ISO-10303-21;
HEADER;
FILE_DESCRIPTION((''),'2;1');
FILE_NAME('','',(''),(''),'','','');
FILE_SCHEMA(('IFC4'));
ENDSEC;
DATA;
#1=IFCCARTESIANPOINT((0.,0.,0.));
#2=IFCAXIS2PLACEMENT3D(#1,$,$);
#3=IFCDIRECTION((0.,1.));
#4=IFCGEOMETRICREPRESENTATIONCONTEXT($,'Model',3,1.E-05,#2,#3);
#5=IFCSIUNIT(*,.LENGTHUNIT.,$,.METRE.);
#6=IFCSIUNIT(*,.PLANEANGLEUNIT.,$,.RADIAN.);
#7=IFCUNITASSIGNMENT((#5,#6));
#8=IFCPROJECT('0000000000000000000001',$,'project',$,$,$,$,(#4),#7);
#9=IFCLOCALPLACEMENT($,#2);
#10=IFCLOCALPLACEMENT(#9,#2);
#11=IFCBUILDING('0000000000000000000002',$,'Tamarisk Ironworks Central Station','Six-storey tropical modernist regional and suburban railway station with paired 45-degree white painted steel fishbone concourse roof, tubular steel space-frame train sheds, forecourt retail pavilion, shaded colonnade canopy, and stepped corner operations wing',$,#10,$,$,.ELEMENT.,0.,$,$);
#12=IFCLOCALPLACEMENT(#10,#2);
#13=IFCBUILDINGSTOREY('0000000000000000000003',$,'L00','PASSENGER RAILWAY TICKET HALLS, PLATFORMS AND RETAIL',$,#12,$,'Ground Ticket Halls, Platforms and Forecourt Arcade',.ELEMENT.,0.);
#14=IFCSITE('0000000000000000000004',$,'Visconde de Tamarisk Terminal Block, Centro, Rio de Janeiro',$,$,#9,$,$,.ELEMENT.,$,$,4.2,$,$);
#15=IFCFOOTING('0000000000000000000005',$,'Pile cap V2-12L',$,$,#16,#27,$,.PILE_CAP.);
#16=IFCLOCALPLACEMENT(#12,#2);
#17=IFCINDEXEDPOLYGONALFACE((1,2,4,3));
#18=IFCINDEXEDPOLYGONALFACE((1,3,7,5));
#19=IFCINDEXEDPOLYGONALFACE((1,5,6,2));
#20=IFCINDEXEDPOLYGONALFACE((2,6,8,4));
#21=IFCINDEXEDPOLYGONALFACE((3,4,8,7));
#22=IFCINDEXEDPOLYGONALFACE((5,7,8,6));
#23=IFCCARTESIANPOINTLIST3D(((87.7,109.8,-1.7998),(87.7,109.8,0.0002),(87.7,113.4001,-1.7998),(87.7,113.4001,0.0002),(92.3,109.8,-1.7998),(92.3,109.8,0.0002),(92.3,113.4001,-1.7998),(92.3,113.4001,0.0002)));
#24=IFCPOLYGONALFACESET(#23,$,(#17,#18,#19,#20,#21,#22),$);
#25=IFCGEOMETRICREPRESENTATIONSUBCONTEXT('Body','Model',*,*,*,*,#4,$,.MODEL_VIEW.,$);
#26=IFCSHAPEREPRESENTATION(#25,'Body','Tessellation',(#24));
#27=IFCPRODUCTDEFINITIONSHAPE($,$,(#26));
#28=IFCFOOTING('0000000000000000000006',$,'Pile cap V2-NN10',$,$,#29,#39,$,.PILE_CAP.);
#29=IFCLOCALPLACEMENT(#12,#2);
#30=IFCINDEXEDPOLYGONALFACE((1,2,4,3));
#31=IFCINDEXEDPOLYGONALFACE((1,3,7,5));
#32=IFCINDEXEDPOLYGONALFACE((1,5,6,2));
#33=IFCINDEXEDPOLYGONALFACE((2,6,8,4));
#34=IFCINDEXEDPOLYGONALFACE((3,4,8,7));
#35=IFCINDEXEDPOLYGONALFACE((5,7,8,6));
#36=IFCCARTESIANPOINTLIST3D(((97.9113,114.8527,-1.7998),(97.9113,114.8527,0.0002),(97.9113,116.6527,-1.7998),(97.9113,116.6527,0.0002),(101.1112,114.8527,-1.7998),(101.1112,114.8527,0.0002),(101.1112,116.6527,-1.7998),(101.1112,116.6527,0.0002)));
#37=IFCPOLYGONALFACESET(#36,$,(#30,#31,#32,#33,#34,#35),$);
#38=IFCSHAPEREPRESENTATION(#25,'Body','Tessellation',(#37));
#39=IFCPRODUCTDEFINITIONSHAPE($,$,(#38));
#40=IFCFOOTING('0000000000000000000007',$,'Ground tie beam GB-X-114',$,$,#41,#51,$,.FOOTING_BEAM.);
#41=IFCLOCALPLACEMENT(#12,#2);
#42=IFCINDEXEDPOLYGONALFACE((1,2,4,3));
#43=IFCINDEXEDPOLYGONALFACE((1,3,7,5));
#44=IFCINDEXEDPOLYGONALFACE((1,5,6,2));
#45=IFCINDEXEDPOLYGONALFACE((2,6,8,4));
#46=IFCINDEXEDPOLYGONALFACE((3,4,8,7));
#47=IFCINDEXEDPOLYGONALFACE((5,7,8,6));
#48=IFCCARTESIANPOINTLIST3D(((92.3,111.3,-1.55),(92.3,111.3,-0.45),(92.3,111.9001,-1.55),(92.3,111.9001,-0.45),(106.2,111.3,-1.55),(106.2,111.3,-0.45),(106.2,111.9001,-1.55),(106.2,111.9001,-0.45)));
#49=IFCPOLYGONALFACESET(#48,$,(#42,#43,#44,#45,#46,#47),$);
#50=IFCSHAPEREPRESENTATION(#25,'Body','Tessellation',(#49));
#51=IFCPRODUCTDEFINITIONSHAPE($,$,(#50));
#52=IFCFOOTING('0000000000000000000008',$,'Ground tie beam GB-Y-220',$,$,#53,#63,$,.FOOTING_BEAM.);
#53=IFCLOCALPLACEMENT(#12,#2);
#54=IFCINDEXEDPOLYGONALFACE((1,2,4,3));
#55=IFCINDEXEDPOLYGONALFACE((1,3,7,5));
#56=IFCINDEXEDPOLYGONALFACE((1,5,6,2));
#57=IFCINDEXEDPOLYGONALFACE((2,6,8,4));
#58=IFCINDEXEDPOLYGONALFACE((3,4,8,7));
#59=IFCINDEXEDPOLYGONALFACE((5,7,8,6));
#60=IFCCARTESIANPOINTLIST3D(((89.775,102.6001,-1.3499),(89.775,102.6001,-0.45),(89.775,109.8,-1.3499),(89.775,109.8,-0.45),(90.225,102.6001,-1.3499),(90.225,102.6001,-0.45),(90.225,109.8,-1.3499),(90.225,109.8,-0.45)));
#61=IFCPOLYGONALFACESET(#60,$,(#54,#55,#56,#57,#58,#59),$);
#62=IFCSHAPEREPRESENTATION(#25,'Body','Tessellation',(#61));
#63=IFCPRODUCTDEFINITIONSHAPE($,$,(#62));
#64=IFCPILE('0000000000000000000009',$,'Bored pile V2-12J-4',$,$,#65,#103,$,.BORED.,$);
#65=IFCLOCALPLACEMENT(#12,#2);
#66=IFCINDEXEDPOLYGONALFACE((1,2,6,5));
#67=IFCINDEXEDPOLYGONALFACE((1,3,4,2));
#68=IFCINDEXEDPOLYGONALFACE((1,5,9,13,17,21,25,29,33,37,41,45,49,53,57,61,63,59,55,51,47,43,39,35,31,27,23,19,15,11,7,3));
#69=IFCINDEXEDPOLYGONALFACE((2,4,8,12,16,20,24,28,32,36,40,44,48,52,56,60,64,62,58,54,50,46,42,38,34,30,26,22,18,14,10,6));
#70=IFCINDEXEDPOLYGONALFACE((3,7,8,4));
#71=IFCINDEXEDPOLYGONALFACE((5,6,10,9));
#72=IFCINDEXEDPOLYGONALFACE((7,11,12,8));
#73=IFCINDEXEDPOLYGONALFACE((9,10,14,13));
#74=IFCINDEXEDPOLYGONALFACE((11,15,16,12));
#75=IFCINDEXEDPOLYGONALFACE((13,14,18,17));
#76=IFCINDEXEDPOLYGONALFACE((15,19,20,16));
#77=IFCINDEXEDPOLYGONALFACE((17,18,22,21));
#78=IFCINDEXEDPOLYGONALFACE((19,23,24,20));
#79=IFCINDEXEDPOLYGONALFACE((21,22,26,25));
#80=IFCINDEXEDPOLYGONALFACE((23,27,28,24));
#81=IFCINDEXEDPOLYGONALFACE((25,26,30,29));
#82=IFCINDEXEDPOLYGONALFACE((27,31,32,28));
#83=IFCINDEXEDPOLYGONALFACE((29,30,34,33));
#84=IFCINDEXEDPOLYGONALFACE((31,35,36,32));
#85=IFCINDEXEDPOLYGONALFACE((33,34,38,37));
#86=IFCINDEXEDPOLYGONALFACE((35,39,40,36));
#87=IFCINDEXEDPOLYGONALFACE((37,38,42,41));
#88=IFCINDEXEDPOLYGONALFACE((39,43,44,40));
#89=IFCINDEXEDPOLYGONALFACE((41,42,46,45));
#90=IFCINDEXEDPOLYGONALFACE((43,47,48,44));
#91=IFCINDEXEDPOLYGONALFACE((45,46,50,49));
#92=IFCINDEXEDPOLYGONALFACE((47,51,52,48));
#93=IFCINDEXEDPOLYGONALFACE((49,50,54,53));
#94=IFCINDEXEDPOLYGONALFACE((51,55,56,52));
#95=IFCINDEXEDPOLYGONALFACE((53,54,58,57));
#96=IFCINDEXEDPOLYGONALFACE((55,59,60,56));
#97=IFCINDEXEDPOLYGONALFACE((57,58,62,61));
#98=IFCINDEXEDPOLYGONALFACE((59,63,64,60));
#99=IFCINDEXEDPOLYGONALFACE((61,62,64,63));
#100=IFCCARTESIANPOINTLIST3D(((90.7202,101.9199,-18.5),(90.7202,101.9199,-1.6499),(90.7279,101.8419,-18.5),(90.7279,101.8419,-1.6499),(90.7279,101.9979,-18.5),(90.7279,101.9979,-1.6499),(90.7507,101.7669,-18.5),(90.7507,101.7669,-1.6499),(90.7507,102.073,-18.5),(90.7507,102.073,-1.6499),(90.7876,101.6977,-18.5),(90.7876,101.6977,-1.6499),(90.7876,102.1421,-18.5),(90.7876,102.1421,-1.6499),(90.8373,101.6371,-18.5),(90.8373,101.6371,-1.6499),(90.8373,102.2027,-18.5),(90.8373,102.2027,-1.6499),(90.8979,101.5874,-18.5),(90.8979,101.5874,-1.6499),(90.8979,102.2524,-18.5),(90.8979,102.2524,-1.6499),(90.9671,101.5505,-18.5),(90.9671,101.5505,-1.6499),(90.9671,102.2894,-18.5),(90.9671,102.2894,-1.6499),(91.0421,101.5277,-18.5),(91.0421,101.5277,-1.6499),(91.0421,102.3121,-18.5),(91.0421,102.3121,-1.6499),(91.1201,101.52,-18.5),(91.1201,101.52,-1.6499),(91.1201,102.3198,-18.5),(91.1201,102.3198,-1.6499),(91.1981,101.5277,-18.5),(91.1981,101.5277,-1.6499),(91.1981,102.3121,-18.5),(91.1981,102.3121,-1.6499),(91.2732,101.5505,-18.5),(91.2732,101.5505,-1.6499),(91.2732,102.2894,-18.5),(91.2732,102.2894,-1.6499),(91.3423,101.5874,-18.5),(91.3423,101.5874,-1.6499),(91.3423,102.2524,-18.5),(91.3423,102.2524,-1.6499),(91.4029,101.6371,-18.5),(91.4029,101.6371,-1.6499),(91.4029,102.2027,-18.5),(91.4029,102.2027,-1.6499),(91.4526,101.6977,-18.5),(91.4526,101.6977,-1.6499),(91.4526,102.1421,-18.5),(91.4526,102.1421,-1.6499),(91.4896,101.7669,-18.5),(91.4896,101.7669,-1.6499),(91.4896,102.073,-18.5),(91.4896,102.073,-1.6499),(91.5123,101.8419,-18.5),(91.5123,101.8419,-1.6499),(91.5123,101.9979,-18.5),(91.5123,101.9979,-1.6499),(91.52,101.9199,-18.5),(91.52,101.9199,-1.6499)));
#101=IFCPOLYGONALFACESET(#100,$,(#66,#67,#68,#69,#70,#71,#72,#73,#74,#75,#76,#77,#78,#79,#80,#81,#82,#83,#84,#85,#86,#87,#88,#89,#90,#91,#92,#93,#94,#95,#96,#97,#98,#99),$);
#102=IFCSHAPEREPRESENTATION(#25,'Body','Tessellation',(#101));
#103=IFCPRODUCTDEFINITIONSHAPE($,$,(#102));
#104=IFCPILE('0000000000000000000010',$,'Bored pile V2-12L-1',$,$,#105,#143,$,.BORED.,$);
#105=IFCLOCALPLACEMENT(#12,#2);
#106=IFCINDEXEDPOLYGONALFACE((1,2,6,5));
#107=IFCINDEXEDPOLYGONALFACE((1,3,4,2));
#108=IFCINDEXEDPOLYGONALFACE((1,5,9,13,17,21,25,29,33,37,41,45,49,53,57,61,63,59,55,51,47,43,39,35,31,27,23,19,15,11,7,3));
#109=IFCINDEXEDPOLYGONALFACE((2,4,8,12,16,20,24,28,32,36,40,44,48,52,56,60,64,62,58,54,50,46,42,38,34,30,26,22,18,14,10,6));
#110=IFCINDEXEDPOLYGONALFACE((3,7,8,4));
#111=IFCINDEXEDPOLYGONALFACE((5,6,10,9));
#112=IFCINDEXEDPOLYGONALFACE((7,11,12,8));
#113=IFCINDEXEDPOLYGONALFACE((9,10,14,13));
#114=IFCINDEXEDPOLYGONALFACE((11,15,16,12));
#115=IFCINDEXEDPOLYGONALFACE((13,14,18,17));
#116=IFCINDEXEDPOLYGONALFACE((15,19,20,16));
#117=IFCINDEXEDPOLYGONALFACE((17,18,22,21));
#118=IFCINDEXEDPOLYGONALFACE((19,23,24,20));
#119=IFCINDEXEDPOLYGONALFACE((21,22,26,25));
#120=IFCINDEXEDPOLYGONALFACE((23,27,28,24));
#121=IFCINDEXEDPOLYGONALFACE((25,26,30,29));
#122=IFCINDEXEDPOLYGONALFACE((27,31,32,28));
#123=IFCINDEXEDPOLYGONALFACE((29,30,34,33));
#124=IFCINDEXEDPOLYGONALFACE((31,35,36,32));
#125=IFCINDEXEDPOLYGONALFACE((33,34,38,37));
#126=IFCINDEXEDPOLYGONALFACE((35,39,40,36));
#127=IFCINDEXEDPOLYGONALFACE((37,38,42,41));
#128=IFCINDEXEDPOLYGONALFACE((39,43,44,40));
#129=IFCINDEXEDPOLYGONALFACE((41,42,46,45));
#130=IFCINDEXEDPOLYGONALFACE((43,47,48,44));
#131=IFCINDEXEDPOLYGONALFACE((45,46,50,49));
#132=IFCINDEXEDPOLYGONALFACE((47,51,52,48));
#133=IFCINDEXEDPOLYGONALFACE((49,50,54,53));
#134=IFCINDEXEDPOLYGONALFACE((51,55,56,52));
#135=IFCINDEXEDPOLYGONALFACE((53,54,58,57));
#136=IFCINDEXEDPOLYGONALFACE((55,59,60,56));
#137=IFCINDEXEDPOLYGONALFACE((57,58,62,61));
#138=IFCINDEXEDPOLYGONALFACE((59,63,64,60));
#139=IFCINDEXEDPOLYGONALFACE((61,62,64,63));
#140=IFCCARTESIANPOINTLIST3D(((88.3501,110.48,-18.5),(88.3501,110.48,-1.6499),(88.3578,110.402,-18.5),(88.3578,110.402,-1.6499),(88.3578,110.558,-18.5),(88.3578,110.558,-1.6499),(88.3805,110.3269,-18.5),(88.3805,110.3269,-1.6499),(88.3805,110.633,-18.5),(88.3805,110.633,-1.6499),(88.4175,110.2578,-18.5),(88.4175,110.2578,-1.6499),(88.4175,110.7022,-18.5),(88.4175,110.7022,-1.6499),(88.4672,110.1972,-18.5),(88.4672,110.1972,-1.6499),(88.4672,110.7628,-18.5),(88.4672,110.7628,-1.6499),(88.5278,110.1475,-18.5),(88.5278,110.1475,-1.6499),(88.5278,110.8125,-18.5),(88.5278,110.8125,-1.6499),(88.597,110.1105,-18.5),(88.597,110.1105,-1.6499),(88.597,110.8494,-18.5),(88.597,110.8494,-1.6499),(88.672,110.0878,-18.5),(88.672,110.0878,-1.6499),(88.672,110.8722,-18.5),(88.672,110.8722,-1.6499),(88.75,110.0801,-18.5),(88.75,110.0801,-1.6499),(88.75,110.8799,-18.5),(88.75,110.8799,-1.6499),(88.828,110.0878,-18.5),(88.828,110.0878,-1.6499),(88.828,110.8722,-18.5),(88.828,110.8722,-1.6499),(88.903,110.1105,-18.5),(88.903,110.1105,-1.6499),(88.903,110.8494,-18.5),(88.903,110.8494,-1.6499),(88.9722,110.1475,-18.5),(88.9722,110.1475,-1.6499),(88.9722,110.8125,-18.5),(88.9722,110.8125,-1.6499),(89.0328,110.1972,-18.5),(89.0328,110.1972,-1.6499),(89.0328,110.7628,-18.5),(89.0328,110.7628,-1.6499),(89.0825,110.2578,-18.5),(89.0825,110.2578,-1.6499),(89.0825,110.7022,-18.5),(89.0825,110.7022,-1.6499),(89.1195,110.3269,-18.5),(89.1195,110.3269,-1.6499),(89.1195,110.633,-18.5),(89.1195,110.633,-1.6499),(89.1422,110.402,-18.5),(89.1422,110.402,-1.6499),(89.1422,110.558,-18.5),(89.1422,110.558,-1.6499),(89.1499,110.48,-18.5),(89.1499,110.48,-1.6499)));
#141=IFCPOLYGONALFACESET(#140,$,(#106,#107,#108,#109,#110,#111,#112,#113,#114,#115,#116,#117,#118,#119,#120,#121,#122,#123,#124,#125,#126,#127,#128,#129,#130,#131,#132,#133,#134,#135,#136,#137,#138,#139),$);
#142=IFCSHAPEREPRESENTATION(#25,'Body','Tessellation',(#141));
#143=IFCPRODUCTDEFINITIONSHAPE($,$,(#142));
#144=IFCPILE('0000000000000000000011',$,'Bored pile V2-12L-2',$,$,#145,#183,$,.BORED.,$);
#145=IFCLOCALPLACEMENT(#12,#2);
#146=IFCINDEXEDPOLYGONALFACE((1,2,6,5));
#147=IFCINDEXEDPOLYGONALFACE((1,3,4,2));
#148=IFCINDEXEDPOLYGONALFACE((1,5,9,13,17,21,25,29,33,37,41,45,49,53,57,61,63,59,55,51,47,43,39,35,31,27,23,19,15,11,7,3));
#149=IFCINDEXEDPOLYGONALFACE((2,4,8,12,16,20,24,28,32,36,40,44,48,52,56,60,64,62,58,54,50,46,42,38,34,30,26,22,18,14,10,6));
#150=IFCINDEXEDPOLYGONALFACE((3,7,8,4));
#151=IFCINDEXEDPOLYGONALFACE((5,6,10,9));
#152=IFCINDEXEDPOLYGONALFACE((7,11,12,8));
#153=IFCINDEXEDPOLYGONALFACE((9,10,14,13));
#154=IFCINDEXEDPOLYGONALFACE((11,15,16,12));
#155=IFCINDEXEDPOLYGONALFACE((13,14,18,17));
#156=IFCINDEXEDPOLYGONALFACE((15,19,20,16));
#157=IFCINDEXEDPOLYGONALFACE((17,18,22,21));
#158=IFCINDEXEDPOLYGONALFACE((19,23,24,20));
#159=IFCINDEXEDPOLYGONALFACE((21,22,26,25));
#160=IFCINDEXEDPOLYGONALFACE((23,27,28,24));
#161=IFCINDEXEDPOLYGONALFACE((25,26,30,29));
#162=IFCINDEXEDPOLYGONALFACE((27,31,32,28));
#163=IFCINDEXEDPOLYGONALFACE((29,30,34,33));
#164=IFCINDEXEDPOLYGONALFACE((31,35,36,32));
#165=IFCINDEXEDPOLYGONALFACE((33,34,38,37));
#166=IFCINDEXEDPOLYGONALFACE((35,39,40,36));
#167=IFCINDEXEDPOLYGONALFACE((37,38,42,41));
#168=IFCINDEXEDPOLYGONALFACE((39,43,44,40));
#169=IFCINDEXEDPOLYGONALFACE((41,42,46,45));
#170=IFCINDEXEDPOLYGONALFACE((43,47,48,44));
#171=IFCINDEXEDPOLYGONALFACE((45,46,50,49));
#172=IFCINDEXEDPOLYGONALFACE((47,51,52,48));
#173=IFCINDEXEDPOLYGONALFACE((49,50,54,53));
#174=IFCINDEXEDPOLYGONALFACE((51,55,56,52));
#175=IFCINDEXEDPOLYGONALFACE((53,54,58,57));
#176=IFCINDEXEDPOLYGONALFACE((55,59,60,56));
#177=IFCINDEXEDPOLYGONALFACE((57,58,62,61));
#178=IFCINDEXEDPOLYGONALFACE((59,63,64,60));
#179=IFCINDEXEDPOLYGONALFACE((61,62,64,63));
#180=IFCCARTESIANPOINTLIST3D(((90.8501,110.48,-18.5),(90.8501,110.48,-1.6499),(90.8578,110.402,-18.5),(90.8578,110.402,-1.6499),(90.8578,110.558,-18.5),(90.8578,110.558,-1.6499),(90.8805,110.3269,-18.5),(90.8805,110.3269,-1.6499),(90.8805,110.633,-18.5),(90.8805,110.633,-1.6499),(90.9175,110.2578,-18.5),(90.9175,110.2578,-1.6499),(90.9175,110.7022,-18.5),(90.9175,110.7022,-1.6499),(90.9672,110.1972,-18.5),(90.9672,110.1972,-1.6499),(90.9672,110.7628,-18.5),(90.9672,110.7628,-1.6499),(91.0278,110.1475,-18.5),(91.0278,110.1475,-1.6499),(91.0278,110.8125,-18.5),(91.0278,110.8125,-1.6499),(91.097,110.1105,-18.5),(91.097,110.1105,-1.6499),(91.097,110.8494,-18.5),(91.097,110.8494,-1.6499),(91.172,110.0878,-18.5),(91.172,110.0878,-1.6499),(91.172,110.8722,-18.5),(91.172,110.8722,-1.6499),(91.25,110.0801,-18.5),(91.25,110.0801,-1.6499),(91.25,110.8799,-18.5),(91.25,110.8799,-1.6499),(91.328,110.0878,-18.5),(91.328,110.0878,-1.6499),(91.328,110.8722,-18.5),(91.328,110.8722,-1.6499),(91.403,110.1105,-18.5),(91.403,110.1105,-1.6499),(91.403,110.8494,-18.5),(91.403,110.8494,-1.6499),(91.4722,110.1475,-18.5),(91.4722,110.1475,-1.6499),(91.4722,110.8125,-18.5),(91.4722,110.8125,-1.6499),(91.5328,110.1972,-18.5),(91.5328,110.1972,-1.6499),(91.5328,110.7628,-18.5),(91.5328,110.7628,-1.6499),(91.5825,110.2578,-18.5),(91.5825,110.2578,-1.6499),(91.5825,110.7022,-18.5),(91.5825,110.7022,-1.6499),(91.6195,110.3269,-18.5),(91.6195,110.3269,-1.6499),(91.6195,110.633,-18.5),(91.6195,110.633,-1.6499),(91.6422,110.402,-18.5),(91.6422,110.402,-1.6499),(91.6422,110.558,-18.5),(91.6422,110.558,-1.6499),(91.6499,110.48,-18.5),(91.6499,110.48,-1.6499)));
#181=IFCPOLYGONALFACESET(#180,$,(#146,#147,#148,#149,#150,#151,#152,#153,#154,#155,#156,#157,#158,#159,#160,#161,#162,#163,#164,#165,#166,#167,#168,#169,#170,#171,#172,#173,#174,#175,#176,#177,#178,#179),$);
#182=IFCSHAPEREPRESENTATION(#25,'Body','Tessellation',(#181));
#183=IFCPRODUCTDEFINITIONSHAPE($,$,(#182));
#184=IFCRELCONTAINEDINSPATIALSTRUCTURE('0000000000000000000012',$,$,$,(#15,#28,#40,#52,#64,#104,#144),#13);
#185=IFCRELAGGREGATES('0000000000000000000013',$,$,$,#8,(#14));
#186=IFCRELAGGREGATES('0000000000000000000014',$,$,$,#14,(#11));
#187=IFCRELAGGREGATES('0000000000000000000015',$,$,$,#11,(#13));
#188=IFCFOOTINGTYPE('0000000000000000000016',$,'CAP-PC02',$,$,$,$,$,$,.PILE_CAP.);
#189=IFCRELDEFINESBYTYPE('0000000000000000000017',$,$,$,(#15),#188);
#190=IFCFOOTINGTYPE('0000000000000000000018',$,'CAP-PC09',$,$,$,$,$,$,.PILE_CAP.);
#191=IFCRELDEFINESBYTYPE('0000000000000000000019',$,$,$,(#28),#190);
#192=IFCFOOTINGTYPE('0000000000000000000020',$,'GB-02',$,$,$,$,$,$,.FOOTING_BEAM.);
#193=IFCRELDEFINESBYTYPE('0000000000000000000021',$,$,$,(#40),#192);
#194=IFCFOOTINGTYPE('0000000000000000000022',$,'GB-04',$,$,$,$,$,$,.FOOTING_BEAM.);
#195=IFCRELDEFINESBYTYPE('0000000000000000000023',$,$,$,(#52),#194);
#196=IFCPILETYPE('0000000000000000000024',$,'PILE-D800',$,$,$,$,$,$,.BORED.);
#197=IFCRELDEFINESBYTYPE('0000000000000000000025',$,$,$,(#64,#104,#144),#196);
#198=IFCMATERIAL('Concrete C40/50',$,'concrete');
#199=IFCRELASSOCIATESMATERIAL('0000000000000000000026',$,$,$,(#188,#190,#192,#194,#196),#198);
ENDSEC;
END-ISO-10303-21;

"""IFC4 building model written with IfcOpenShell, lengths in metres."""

from ifc_helpers import new_model, si_unit, direction, frame, origin, origin_2d, place, context, subcontext, project, spatial, rectangle, circle, extrude, material, material_profile, profile_set, type_object, element, save


model = new_model("IFC4")

# Units and contexts
model_context = context("Model", 3, precision=1e-05, world=origin(), true_north=direction((0.0, 1.0)))
body_context = subcontext(model_context, "Body", "Model", "MODEL_VIEW")
ifc_project = project(units=[si_unit("LENGTHUNIT", "METRE"), si_unit("PLANEANGLEUNIT", "RADIAN")], contexts=[model_context])

# Site, building, storey
site_placement = place(None, origin())
site = spatial("IfcSite", under=ifc_project, at=site_placement, Name="Visconde de Tamarisk Terminal Block, Centro, Rio de Janeiro", CompositionType="ELEMENT", RefElevation=4.2)
building_placement = place(site_placement, origin())
building = spatial("IfcBuilding", under=site, at=building_placement, Name="Tamarisk Ironworks Central Station", Description="Six-storey tropical modernist regional and suburban railway station with paired 45-degree white painted steel fishbone concourse roof, tubular steel space-frame train sheds, forecourt retail pavilion, shaded colonnade canopy, and stepped corner operations wing", CompositionType="ELEMENT", ElevationOfRefHeight=0.0)
storey_placement = place(building_placement, origin())
storey = spatial("IfcBuildingStorey", under=building, at=storey_placement, Name="L00", Description="PASSENGER RAILWAY TICKET HALLS, PLATFORMS AND RETAIL", LongName="Ground Ticket Halls, Platforms and Forecourt Arcade", CompositionType="ELEMENT", Elevation=0.0)

# Footings
ifc_material_1 = material(Name="Concrete C40/50", Category="concrete")
footing_type_1 = type_object("IfcFootingType", Name="CAP-PC02", PredefinedType="PILE_CAP", material=ifc_material_1)
footing_1_placement = place(storey_placement, frame((90.0, 111.6001, -1.7998), z_axis=(0.0, 0.0, 1.0), x_axis=(1.0, 0.0, 0.0)))
element("IfcFooting", 1, at=footing_1_placement, inside=storey, type_object=footing_type_1, Name="Pile cap V2-12L", PredefinedType="PILE_CAP", context=body_context, shape_type="SweptSolid", body=[
    extrude(rectangle(XDim=4.6001, YDim=3.6001, at=origin_2d()), origin(), (0.0, 0.0, 1.0), 1.8),
])
footing_type_2 = type_object("IfcFootingType", Name="CAP-PC09", PredefinedType="PILE_CAP", material=ifc_material_1)
footing_2_placement = place(storey_placement, frame((99.5112, 115.7527, -1.7998), z_axis=(0.0, 0.0, 1.0), x_axis=(1.0, 0.0, 0.0)))
element("IfcFooting", 2, at=footing_2_placement, inside=storey, type_object=footing_type_2, Name="Pile cap V2-NN10", PredefinedType="PILE_CAP", context=body_context, shape_type="SweptSolid", body=[
    extrude(rectangle(XDim=3.2, YDim=1.8, at=origin_2d()), origin(), (0.0, 0.0, 1.0), 1.8),
])
ifc_material_profile_1 = material_profile(ifc_material_1, rectangle(XDim=0.6001, YDim=1.1001, at=origin_2d()), Name="GB02 600x1100")
ifc_profile_set_1 = profile_set([ifc_material_profile_1], Name="Concrete C40/50")
footing_type_3 = type_object("IfcFootingType", Name="GB-02", PredefinedType="FOOTING_BEAM", material=ifc_profile_set_1)
footing_3_placement = place(storey_placement, frame((92.3, 111.6001, -1.0), z_axis=(1.0, 0.0, 0.0), x_axis=(0.0, 1.0, 0.0)))
element("IfcFooting", 3, at=footing_3_placement, inside=storey, type_object=footing_type_3, Name="Ground tie beam GB-X-114", PredefinedType="FOOTING_BEAM", context=body_context, shape_type="SweptSolid", body=[
    extrude(rectangle(XDim=0.6001, YDim=1.1001, at=origin_2d()), origin(), (0.0, 0.0, 1.0), 13.8999),
])
ifc_material_profile_2 = material_profile(ifc_material_1, rectangle(XDim=0.45, YDim=0.8999, at=origin_2d()), Name="GB04 450x900")
ifc_profile_set_2 = profile_set([ifc_material_profile_2], Name="Concrete C40/50")
footing_type_4 = type_object("IfcFootingType", Name="GB-04", PredefinedType="FOOTING_BEAM", material=ifc_profile_set_2)
footing_4_placement = place(storey_placement, frame((90.0, 102.6001, -0.8999), z_axis=(0.0, 1.0, 0.0), x_axis=(-1.0, 0.0, 0.0)))
element("IfcFooting", 4, at=footing_4_placement, inside=storey, type_object=footing_type_4, Name="Ground tie beam GB-Y-220", PredefinedType="FOOTING_BEAM", context=body_context, shape_type="SweptSolid", body=[
    extrude(rectangle(XDim=0.45, YDim=0.8999, at=origin_2d()), origin(), (0.0, 0.0, 1.0), 7.2),
])

# Piles
ifc_material_profile_3 = material_profile(ifc_material_1, circle(Radius=0.3999, at=origin_2d()), Name="BORED PILE D800")
ifc_profile_set_3 = profile_set([ifc_material_profile_3], Name="Concrete C40/50")
pile_type = type_object("IfcPileType", Name="PILE-D800", PredefinedType="BORED", material=ifc_profile_set_3)
for number, where, z_axis, x_axis, name in (
    (5, (91.1201, 101.9199, -1.6499), (0.0, 0.0, -1.0), (1.0, 0.0, 0.0), "Bored pile V2-12J-4"),
    (6, (88.75, 110.48, -1.6499), (0.0, 0.0, -1.0), (1.0, 0.0, 0.0), "Bored pile V2-12L-1"),
    (7, (91.25, 110.48, -1.6499), (0.0, 0.0, -1.0), (1.0, 0.0, 0.0), "Bored pile V2-12L-2"),
):
    element("IfcPile", number, at=place(storey_placement, frame(where, z_axis=z_axis, x_axis=x_axis)), inside=storey, type_object=pile_type, Name=name, PredefinedType="BORED", context=body_context, shape_type="SweptSolid", body=[
        extrude(circle(Radius=0.3999, at=origin_2d()), origin(), (0.0, 0.0, 1.0), 16.8501),
    ])

save(model, "model.ifc")
